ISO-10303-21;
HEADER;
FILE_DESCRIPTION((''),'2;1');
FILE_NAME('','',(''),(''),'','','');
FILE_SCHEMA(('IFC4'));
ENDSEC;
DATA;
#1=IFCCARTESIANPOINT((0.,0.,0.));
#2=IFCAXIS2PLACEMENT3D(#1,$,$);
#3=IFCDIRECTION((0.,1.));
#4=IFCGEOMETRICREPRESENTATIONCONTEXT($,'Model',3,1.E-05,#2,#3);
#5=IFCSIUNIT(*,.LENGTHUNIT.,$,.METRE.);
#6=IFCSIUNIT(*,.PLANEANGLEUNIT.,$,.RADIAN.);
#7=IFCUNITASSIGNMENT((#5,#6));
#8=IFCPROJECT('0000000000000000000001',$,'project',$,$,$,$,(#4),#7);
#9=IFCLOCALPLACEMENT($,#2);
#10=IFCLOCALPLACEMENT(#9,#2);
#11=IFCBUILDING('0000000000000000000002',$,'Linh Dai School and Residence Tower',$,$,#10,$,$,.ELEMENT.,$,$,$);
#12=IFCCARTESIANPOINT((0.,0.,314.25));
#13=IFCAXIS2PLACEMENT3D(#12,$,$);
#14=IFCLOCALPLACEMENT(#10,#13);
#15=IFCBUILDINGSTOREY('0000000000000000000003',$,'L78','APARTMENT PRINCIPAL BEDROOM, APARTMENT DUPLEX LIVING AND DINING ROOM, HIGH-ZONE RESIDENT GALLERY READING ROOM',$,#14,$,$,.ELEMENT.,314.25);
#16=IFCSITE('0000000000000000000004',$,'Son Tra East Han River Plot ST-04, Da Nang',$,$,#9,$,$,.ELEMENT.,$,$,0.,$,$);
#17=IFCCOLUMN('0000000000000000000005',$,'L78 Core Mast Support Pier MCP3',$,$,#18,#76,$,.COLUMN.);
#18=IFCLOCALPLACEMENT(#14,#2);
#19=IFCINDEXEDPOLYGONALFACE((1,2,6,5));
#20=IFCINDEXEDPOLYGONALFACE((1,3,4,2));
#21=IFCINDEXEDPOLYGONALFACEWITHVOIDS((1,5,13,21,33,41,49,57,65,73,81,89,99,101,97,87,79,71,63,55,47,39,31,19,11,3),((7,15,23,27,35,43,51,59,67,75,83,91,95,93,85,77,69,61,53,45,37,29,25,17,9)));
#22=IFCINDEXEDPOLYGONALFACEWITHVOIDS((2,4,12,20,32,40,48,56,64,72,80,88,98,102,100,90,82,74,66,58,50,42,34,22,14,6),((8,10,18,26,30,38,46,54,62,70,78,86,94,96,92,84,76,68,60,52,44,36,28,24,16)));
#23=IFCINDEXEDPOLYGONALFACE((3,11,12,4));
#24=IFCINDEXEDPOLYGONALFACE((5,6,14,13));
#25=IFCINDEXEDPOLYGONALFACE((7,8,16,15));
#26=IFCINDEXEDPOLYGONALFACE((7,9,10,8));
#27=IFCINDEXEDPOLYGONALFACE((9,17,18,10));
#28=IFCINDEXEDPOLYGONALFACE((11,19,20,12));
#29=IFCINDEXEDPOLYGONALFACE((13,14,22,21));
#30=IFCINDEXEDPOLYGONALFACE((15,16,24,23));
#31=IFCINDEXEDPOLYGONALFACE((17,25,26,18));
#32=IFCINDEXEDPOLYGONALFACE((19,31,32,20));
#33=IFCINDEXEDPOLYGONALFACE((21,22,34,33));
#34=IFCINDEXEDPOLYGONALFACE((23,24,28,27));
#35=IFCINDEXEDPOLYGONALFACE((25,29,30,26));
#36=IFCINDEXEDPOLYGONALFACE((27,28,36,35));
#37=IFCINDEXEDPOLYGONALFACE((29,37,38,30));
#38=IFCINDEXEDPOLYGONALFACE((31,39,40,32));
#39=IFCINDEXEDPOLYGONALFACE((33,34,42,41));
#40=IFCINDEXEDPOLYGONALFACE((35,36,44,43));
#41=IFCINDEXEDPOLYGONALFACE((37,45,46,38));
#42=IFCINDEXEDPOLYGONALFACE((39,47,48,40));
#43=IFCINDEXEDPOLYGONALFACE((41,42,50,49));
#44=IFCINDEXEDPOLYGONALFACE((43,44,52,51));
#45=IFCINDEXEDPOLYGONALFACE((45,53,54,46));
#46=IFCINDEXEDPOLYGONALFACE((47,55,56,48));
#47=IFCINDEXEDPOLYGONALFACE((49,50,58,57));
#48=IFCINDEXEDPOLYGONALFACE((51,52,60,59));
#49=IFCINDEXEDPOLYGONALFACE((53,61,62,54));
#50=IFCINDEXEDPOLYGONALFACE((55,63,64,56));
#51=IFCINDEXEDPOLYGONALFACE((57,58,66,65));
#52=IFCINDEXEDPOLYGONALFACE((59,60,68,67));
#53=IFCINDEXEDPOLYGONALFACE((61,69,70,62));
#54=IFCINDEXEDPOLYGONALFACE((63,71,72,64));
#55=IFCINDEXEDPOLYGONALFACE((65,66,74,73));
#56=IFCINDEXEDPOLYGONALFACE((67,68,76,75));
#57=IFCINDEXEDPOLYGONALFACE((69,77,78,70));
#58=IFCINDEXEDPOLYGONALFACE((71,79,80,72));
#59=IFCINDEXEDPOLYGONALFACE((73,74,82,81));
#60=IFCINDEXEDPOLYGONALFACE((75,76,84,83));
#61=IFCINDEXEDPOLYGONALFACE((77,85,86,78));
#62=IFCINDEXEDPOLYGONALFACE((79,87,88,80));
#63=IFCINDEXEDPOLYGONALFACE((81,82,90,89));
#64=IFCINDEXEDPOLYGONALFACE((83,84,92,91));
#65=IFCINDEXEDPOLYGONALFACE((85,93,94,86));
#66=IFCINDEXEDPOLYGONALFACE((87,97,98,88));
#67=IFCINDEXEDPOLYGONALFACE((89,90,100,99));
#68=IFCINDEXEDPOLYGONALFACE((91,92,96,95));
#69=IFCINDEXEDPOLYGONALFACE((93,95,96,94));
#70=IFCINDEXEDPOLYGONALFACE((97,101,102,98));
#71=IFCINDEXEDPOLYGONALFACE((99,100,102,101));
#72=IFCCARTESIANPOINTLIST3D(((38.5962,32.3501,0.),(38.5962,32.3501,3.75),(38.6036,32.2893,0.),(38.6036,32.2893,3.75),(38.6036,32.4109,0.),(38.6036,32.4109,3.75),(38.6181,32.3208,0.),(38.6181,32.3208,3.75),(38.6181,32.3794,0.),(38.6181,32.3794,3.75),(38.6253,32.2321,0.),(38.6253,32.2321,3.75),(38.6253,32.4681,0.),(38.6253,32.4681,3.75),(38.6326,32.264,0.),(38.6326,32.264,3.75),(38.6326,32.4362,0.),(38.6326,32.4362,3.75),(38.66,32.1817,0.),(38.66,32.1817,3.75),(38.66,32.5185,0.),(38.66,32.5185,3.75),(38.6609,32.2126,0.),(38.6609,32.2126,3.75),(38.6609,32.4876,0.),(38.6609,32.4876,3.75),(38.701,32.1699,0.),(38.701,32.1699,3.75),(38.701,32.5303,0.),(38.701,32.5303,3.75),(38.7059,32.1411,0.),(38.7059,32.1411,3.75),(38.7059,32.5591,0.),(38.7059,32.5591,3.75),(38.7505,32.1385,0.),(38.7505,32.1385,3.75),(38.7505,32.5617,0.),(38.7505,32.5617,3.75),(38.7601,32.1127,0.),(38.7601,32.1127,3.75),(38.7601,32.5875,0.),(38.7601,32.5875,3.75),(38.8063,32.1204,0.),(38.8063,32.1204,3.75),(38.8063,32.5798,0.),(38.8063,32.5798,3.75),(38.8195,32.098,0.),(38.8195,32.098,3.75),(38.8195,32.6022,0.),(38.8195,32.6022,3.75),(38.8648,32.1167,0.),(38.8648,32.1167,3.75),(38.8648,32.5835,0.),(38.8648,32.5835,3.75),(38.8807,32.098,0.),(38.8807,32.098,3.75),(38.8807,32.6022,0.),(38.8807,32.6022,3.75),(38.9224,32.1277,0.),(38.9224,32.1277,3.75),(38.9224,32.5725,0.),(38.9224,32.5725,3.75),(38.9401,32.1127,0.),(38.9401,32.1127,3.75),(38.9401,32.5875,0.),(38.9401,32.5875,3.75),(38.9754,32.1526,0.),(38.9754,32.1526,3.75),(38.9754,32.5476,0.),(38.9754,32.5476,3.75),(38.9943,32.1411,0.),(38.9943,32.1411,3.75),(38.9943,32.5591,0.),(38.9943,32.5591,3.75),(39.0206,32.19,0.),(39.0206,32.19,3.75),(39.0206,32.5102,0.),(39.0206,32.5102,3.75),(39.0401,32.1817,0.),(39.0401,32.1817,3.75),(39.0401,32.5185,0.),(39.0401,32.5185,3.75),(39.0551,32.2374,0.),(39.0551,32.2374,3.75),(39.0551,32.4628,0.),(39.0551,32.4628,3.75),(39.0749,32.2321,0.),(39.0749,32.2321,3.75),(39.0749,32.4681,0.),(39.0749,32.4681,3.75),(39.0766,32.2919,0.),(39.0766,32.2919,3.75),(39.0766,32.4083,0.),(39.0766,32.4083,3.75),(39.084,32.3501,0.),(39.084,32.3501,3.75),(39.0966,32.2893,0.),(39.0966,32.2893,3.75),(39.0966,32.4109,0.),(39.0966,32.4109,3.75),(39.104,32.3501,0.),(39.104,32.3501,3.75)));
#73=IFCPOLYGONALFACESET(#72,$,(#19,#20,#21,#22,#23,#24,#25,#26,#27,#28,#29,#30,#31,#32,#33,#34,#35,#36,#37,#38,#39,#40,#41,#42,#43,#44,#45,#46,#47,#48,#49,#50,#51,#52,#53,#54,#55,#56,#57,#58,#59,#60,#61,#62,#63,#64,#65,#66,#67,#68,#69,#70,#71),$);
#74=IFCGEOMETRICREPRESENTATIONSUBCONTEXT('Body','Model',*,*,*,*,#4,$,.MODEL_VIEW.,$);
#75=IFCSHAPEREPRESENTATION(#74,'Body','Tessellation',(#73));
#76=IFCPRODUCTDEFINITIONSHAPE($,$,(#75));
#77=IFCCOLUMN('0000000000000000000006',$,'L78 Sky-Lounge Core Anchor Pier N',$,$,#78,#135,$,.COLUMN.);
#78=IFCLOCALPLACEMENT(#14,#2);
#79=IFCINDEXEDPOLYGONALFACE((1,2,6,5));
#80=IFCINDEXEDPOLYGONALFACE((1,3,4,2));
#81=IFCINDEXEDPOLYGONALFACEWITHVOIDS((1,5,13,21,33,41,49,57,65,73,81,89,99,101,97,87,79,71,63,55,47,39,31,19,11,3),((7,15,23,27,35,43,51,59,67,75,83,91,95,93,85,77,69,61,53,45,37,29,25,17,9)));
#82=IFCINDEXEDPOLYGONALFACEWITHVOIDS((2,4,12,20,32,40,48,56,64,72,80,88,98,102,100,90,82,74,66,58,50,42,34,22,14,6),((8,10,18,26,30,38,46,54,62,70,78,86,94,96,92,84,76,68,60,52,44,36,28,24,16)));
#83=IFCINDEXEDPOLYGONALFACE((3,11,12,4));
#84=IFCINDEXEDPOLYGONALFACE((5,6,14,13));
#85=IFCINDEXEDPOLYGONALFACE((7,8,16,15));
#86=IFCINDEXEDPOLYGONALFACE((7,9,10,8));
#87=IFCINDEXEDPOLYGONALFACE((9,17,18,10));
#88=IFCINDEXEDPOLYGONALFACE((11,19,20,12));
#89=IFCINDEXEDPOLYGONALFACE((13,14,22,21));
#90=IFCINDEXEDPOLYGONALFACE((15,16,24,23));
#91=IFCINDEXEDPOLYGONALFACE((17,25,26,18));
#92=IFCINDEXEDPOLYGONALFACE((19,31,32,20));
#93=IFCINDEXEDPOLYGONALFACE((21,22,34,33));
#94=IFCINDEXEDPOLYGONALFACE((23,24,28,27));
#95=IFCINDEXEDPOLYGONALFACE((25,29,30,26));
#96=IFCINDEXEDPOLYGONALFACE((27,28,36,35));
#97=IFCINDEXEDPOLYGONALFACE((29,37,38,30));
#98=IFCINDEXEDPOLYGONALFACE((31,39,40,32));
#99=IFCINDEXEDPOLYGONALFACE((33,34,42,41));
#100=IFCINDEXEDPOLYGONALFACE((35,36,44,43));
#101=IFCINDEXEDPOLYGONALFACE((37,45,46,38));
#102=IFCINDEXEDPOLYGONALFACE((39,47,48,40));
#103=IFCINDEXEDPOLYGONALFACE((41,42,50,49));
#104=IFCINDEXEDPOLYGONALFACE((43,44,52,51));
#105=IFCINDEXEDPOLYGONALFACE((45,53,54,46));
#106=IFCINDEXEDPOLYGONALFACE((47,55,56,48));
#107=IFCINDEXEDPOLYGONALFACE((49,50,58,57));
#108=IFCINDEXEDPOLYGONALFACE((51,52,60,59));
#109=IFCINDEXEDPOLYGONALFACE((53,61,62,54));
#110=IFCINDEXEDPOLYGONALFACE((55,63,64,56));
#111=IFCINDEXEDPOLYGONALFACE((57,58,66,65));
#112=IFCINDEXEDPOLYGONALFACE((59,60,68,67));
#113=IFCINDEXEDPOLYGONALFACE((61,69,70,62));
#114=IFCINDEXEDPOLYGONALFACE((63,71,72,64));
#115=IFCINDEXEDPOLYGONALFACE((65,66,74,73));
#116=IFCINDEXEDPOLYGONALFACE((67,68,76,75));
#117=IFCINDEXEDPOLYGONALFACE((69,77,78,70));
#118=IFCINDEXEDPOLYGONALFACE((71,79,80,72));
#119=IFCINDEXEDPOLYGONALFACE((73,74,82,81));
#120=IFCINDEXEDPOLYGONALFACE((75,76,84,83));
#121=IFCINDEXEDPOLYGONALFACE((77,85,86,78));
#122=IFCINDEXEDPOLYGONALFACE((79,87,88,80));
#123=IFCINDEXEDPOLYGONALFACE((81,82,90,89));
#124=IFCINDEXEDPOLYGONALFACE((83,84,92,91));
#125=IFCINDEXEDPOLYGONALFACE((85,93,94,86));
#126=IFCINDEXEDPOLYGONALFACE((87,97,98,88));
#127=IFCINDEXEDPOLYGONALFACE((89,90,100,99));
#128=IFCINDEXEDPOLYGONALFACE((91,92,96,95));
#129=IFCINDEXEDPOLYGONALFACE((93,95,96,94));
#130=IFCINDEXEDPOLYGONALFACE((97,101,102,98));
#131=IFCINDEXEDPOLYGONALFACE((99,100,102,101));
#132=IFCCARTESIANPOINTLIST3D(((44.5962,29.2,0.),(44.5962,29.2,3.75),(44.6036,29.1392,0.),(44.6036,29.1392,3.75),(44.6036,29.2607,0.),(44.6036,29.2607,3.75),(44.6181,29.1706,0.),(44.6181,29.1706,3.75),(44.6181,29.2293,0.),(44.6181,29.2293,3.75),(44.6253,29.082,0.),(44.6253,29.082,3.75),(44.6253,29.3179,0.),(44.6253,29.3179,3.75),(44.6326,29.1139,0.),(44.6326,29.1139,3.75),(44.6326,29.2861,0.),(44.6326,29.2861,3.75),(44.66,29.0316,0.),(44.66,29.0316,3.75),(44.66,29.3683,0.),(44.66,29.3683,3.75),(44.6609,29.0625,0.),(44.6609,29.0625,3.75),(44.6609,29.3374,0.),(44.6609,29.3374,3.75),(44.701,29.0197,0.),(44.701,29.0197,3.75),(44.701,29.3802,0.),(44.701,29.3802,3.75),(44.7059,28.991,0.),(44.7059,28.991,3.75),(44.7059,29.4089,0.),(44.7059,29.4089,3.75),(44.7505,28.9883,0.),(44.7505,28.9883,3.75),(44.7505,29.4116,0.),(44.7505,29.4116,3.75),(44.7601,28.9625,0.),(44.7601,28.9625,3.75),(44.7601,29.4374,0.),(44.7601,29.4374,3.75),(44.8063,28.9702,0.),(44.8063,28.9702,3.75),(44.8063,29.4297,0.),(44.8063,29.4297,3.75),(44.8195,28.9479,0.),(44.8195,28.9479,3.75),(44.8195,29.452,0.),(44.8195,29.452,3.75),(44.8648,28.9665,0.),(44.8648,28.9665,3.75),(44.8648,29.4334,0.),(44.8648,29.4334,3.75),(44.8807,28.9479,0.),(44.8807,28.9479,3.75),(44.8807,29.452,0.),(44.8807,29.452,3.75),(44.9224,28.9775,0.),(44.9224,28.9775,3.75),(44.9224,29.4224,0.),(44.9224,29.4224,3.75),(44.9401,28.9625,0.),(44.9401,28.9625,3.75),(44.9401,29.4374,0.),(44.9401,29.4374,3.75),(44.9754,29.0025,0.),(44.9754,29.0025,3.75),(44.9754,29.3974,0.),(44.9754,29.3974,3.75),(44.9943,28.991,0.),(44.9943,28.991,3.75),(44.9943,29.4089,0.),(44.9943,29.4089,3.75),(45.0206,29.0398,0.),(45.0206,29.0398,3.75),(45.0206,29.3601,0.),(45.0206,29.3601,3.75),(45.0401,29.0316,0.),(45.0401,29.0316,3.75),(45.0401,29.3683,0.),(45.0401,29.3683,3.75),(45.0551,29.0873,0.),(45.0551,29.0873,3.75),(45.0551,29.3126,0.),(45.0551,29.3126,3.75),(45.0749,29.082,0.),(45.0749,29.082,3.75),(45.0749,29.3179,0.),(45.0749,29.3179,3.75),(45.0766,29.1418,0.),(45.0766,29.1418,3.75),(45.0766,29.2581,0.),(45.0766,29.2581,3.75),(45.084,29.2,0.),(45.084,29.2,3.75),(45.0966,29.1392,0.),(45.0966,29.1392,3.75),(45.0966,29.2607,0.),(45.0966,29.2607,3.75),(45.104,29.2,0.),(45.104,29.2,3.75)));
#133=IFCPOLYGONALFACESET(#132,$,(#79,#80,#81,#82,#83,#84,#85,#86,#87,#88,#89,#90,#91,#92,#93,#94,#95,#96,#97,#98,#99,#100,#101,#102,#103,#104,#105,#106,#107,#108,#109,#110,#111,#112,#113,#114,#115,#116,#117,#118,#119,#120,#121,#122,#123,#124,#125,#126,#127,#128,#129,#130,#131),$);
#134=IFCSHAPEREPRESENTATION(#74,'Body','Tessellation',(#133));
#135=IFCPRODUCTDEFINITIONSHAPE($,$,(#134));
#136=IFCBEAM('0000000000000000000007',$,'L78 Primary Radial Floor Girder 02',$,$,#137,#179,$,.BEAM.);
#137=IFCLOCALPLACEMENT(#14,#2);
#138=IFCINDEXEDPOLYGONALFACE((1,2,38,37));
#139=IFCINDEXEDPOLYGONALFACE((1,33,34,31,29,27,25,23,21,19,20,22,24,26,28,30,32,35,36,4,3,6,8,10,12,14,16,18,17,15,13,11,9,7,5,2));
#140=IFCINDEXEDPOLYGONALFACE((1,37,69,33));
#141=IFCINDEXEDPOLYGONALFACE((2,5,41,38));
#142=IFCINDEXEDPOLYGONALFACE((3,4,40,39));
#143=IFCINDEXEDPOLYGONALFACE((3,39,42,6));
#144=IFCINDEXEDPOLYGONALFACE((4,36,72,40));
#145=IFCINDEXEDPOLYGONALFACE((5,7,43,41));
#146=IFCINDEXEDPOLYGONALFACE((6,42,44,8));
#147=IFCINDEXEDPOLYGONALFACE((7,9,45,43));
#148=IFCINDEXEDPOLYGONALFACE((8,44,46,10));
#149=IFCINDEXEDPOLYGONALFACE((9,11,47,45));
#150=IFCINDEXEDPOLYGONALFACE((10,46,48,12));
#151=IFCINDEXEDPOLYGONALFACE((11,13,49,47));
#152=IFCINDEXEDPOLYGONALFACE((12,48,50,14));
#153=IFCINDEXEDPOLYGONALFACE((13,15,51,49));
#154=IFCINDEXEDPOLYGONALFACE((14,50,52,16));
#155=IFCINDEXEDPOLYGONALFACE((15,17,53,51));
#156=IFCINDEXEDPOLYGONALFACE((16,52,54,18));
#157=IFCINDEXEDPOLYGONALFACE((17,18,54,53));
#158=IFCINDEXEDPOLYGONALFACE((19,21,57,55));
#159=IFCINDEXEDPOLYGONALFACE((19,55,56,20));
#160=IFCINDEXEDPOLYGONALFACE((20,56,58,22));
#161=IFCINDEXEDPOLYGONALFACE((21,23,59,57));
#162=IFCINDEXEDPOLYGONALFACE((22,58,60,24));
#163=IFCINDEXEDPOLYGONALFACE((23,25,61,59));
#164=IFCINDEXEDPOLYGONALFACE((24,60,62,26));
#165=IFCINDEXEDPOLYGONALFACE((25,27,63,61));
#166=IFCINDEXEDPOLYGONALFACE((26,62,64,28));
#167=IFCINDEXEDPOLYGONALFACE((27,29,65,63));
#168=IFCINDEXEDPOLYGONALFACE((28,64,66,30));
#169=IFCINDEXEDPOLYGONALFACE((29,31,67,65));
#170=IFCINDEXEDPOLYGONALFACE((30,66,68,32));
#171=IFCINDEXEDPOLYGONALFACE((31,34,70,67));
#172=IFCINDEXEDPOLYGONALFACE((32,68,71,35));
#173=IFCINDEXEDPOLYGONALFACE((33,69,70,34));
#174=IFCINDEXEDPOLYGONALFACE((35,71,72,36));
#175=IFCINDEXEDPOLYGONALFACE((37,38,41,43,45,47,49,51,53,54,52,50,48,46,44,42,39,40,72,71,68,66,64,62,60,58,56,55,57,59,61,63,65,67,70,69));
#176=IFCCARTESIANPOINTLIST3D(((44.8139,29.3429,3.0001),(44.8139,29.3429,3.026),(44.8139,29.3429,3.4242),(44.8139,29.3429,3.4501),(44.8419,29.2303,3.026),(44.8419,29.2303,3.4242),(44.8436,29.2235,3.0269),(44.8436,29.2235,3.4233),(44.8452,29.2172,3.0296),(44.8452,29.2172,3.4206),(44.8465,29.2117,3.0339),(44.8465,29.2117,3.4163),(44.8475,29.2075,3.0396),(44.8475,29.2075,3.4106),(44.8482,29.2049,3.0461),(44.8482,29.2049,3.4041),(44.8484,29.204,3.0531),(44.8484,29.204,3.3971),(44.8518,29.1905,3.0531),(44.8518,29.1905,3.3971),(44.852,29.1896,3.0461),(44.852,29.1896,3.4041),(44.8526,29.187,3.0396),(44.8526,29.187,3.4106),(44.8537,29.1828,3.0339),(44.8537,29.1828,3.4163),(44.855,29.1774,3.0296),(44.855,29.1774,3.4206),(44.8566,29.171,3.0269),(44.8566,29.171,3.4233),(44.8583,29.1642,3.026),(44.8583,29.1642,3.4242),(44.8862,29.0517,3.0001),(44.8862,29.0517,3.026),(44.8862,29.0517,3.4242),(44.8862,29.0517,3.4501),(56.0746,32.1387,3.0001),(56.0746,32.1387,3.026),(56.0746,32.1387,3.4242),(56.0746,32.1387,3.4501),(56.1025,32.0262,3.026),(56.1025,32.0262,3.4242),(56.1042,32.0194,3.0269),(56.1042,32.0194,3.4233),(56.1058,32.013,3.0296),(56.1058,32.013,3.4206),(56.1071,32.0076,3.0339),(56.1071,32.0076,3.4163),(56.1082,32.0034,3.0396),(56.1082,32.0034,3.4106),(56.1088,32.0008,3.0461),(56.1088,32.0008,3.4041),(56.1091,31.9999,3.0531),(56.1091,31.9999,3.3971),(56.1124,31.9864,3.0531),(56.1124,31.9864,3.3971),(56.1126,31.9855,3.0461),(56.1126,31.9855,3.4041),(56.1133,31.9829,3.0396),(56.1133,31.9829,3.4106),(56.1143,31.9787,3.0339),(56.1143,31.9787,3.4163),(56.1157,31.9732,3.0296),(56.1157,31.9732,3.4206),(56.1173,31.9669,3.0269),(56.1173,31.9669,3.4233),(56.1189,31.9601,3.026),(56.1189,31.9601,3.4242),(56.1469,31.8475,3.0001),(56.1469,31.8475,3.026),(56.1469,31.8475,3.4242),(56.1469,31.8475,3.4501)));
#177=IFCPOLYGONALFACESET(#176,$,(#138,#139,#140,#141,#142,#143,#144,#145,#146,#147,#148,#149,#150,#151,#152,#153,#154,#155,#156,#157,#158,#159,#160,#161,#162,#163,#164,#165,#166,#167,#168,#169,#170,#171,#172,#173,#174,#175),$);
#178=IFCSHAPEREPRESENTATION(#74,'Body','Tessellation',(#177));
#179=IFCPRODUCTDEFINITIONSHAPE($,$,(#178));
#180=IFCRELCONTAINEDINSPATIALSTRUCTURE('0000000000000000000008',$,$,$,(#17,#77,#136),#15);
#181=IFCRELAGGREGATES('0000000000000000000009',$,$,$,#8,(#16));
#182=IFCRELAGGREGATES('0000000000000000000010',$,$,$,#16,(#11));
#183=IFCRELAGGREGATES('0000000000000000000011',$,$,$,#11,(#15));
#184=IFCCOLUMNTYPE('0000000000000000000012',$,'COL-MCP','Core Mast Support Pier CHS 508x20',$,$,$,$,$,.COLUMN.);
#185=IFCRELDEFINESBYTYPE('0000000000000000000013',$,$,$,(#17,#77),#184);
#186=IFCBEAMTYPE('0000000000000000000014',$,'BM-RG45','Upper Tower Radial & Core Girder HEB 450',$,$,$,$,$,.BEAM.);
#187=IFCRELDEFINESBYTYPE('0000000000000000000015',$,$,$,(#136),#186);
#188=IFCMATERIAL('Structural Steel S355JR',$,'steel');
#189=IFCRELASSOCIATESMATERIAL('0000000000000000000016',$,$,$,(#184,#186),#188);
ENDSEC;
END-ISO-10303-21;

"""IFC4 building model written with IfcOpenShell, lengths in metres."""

from ifc_helpers import new_model, si_unit, direction, frame, origin, origin_2d, place, context, subcontext, project, spatial, hollow_circle, i_section, extrude, material, material_profile, profile_set, type_object, element, save


model = new_model("IFC4")

# Units and contexts
model_context = context("Model", 3, precision=1e-05, world=origin(), true_north=direction((0.0, 1.0)))
body_context = subcontext(model_context, "Body", "Model", "MODEL_VIEW")
ifc_project = project(units=[si_unit("LENGTHUNIT", "METRE"), si_unit("PLANEANGLEUNIT", "RADIAN")], contexts=[model_context])

# Site, building, storey
site_placement = place(None, origin())
site = spatial("IfcSite", under=ifc_project, at=site_placement, Name="Son Tra East Han River Plot ST-04, Da Nang", CompositionType="ELEMENT", RefElevation=0.0)
building_placement = place(site_placement, origin())
building = spatial("IfcBuilding", under=site, at=building_placement, Name="Linh Dai School and Residence Tower", CompositionType="ELEMENT")
storey_placement = place(building_placement, frame((0.0, 0.0, 314.25)))
storey = spatial("IfcBuildingStorey", under=building, at=storey_placement, Name="L78", Description="APARTMENT PRINCIPAL BEDROOM, APARTMENT DUPLEX LIVING AND DINING ROOM, HIGH-ZONE RESIDENT GALLERY READING ROOM", CompositionType="ELEMENT", Elevation=314.25)

# Columns
ifc_material_1 = material(Name="Structural Steel S355JR", Category="steel")
ifc_material_profile_1 = material_profile(ifc_material_1, hollow_circle(Radius=0.2539, WallThickness=0.02, at=origin_2d()), Name="CHS 508x20")
ifc_profile_set_1 = profile_set([ifc_material_profile_1], Name="Structural Steel S355JR")
column_type_1 = type_object("IfcColumnType", Name="COL-MCP", Description="Core Mast Support Pier CHS 508x20", PredefinedType="COLUMN", material=ifc_profile_set_1)
for number, where, z_axis, x_axis, name in (
    (1, (38.8501, 32.3501, 0.0), (0.0, 0.0, 1.0), (1.0, 0.0, 0.0), "L78 Core Mast Support Pier MCP3"),
    (2, (44.8501, 29.2, 0.0), (0.0, 0.0, 1.0), (1.0, 0.0, 0.0), "L78 Sky-Lounge Core Anchor Pier N"),
):
    element("IfcColumn", number, at=place(storey_placement, frame(where, z_axis=z_axis, x_axis=x_axis)), inside=storey, type_object=column_type_1, Name=name, PredefinedType="COLUMN", context=body_context, shape_type="SweptSolid", body=[
        extrude(hollow_circle(Radius=0.2539, WallThickness=0.02, at=origin_2d()), origin(), (0.0, 0.0, 1.0), 3.75),
    ])

# Beam
ifc_material_profile_2 = material_profile(ifc_material_1, i_section(OverallWidth=0.3, OverallDepth=0.45, WebThickness=0.0139, FlangeThickness=0.0259, FilletRadius=0.0271, at=origin_2d()), Name="HEB 450")
ifc_profile_set_2 = profile_set([ifc_material_profile_2], Name="Structural Steel S355JR")
beam_type_1 = type_object("IfcBeamType", Name="BM-RG45", Description="Upper Tower Radial & Core Girder HEB 450", PredefinedType="BEAM", material=ifc_profile_set_2)
beam_1_placement = place(storey_placement, frame((44.8501, 29.1973, 3.2251), z_axis=(0.970532, 0.240971, 0.0), x_axis=(-0.240971, 0.970532, 0.0)))
element("IfcBeam", 3, at=beam_1_placement, inside=storey, type_object=beam_type_1, Name="L78 Primary Radial Floor Girder 02", PredefinedType="BEAM", context=body_context, shape_type="SweptSolid", body=[
    extrude(i_section(OverallWidth=0.3, OverallDepth=0.45, WebThickness=0.0139, FlangeThickness=0.0259, FilletRadius=0.0271, at=origin_2d()), origin(), (0.0, 0.0, 1.0), 11.6025),
])

save(model, "model.ifc")
